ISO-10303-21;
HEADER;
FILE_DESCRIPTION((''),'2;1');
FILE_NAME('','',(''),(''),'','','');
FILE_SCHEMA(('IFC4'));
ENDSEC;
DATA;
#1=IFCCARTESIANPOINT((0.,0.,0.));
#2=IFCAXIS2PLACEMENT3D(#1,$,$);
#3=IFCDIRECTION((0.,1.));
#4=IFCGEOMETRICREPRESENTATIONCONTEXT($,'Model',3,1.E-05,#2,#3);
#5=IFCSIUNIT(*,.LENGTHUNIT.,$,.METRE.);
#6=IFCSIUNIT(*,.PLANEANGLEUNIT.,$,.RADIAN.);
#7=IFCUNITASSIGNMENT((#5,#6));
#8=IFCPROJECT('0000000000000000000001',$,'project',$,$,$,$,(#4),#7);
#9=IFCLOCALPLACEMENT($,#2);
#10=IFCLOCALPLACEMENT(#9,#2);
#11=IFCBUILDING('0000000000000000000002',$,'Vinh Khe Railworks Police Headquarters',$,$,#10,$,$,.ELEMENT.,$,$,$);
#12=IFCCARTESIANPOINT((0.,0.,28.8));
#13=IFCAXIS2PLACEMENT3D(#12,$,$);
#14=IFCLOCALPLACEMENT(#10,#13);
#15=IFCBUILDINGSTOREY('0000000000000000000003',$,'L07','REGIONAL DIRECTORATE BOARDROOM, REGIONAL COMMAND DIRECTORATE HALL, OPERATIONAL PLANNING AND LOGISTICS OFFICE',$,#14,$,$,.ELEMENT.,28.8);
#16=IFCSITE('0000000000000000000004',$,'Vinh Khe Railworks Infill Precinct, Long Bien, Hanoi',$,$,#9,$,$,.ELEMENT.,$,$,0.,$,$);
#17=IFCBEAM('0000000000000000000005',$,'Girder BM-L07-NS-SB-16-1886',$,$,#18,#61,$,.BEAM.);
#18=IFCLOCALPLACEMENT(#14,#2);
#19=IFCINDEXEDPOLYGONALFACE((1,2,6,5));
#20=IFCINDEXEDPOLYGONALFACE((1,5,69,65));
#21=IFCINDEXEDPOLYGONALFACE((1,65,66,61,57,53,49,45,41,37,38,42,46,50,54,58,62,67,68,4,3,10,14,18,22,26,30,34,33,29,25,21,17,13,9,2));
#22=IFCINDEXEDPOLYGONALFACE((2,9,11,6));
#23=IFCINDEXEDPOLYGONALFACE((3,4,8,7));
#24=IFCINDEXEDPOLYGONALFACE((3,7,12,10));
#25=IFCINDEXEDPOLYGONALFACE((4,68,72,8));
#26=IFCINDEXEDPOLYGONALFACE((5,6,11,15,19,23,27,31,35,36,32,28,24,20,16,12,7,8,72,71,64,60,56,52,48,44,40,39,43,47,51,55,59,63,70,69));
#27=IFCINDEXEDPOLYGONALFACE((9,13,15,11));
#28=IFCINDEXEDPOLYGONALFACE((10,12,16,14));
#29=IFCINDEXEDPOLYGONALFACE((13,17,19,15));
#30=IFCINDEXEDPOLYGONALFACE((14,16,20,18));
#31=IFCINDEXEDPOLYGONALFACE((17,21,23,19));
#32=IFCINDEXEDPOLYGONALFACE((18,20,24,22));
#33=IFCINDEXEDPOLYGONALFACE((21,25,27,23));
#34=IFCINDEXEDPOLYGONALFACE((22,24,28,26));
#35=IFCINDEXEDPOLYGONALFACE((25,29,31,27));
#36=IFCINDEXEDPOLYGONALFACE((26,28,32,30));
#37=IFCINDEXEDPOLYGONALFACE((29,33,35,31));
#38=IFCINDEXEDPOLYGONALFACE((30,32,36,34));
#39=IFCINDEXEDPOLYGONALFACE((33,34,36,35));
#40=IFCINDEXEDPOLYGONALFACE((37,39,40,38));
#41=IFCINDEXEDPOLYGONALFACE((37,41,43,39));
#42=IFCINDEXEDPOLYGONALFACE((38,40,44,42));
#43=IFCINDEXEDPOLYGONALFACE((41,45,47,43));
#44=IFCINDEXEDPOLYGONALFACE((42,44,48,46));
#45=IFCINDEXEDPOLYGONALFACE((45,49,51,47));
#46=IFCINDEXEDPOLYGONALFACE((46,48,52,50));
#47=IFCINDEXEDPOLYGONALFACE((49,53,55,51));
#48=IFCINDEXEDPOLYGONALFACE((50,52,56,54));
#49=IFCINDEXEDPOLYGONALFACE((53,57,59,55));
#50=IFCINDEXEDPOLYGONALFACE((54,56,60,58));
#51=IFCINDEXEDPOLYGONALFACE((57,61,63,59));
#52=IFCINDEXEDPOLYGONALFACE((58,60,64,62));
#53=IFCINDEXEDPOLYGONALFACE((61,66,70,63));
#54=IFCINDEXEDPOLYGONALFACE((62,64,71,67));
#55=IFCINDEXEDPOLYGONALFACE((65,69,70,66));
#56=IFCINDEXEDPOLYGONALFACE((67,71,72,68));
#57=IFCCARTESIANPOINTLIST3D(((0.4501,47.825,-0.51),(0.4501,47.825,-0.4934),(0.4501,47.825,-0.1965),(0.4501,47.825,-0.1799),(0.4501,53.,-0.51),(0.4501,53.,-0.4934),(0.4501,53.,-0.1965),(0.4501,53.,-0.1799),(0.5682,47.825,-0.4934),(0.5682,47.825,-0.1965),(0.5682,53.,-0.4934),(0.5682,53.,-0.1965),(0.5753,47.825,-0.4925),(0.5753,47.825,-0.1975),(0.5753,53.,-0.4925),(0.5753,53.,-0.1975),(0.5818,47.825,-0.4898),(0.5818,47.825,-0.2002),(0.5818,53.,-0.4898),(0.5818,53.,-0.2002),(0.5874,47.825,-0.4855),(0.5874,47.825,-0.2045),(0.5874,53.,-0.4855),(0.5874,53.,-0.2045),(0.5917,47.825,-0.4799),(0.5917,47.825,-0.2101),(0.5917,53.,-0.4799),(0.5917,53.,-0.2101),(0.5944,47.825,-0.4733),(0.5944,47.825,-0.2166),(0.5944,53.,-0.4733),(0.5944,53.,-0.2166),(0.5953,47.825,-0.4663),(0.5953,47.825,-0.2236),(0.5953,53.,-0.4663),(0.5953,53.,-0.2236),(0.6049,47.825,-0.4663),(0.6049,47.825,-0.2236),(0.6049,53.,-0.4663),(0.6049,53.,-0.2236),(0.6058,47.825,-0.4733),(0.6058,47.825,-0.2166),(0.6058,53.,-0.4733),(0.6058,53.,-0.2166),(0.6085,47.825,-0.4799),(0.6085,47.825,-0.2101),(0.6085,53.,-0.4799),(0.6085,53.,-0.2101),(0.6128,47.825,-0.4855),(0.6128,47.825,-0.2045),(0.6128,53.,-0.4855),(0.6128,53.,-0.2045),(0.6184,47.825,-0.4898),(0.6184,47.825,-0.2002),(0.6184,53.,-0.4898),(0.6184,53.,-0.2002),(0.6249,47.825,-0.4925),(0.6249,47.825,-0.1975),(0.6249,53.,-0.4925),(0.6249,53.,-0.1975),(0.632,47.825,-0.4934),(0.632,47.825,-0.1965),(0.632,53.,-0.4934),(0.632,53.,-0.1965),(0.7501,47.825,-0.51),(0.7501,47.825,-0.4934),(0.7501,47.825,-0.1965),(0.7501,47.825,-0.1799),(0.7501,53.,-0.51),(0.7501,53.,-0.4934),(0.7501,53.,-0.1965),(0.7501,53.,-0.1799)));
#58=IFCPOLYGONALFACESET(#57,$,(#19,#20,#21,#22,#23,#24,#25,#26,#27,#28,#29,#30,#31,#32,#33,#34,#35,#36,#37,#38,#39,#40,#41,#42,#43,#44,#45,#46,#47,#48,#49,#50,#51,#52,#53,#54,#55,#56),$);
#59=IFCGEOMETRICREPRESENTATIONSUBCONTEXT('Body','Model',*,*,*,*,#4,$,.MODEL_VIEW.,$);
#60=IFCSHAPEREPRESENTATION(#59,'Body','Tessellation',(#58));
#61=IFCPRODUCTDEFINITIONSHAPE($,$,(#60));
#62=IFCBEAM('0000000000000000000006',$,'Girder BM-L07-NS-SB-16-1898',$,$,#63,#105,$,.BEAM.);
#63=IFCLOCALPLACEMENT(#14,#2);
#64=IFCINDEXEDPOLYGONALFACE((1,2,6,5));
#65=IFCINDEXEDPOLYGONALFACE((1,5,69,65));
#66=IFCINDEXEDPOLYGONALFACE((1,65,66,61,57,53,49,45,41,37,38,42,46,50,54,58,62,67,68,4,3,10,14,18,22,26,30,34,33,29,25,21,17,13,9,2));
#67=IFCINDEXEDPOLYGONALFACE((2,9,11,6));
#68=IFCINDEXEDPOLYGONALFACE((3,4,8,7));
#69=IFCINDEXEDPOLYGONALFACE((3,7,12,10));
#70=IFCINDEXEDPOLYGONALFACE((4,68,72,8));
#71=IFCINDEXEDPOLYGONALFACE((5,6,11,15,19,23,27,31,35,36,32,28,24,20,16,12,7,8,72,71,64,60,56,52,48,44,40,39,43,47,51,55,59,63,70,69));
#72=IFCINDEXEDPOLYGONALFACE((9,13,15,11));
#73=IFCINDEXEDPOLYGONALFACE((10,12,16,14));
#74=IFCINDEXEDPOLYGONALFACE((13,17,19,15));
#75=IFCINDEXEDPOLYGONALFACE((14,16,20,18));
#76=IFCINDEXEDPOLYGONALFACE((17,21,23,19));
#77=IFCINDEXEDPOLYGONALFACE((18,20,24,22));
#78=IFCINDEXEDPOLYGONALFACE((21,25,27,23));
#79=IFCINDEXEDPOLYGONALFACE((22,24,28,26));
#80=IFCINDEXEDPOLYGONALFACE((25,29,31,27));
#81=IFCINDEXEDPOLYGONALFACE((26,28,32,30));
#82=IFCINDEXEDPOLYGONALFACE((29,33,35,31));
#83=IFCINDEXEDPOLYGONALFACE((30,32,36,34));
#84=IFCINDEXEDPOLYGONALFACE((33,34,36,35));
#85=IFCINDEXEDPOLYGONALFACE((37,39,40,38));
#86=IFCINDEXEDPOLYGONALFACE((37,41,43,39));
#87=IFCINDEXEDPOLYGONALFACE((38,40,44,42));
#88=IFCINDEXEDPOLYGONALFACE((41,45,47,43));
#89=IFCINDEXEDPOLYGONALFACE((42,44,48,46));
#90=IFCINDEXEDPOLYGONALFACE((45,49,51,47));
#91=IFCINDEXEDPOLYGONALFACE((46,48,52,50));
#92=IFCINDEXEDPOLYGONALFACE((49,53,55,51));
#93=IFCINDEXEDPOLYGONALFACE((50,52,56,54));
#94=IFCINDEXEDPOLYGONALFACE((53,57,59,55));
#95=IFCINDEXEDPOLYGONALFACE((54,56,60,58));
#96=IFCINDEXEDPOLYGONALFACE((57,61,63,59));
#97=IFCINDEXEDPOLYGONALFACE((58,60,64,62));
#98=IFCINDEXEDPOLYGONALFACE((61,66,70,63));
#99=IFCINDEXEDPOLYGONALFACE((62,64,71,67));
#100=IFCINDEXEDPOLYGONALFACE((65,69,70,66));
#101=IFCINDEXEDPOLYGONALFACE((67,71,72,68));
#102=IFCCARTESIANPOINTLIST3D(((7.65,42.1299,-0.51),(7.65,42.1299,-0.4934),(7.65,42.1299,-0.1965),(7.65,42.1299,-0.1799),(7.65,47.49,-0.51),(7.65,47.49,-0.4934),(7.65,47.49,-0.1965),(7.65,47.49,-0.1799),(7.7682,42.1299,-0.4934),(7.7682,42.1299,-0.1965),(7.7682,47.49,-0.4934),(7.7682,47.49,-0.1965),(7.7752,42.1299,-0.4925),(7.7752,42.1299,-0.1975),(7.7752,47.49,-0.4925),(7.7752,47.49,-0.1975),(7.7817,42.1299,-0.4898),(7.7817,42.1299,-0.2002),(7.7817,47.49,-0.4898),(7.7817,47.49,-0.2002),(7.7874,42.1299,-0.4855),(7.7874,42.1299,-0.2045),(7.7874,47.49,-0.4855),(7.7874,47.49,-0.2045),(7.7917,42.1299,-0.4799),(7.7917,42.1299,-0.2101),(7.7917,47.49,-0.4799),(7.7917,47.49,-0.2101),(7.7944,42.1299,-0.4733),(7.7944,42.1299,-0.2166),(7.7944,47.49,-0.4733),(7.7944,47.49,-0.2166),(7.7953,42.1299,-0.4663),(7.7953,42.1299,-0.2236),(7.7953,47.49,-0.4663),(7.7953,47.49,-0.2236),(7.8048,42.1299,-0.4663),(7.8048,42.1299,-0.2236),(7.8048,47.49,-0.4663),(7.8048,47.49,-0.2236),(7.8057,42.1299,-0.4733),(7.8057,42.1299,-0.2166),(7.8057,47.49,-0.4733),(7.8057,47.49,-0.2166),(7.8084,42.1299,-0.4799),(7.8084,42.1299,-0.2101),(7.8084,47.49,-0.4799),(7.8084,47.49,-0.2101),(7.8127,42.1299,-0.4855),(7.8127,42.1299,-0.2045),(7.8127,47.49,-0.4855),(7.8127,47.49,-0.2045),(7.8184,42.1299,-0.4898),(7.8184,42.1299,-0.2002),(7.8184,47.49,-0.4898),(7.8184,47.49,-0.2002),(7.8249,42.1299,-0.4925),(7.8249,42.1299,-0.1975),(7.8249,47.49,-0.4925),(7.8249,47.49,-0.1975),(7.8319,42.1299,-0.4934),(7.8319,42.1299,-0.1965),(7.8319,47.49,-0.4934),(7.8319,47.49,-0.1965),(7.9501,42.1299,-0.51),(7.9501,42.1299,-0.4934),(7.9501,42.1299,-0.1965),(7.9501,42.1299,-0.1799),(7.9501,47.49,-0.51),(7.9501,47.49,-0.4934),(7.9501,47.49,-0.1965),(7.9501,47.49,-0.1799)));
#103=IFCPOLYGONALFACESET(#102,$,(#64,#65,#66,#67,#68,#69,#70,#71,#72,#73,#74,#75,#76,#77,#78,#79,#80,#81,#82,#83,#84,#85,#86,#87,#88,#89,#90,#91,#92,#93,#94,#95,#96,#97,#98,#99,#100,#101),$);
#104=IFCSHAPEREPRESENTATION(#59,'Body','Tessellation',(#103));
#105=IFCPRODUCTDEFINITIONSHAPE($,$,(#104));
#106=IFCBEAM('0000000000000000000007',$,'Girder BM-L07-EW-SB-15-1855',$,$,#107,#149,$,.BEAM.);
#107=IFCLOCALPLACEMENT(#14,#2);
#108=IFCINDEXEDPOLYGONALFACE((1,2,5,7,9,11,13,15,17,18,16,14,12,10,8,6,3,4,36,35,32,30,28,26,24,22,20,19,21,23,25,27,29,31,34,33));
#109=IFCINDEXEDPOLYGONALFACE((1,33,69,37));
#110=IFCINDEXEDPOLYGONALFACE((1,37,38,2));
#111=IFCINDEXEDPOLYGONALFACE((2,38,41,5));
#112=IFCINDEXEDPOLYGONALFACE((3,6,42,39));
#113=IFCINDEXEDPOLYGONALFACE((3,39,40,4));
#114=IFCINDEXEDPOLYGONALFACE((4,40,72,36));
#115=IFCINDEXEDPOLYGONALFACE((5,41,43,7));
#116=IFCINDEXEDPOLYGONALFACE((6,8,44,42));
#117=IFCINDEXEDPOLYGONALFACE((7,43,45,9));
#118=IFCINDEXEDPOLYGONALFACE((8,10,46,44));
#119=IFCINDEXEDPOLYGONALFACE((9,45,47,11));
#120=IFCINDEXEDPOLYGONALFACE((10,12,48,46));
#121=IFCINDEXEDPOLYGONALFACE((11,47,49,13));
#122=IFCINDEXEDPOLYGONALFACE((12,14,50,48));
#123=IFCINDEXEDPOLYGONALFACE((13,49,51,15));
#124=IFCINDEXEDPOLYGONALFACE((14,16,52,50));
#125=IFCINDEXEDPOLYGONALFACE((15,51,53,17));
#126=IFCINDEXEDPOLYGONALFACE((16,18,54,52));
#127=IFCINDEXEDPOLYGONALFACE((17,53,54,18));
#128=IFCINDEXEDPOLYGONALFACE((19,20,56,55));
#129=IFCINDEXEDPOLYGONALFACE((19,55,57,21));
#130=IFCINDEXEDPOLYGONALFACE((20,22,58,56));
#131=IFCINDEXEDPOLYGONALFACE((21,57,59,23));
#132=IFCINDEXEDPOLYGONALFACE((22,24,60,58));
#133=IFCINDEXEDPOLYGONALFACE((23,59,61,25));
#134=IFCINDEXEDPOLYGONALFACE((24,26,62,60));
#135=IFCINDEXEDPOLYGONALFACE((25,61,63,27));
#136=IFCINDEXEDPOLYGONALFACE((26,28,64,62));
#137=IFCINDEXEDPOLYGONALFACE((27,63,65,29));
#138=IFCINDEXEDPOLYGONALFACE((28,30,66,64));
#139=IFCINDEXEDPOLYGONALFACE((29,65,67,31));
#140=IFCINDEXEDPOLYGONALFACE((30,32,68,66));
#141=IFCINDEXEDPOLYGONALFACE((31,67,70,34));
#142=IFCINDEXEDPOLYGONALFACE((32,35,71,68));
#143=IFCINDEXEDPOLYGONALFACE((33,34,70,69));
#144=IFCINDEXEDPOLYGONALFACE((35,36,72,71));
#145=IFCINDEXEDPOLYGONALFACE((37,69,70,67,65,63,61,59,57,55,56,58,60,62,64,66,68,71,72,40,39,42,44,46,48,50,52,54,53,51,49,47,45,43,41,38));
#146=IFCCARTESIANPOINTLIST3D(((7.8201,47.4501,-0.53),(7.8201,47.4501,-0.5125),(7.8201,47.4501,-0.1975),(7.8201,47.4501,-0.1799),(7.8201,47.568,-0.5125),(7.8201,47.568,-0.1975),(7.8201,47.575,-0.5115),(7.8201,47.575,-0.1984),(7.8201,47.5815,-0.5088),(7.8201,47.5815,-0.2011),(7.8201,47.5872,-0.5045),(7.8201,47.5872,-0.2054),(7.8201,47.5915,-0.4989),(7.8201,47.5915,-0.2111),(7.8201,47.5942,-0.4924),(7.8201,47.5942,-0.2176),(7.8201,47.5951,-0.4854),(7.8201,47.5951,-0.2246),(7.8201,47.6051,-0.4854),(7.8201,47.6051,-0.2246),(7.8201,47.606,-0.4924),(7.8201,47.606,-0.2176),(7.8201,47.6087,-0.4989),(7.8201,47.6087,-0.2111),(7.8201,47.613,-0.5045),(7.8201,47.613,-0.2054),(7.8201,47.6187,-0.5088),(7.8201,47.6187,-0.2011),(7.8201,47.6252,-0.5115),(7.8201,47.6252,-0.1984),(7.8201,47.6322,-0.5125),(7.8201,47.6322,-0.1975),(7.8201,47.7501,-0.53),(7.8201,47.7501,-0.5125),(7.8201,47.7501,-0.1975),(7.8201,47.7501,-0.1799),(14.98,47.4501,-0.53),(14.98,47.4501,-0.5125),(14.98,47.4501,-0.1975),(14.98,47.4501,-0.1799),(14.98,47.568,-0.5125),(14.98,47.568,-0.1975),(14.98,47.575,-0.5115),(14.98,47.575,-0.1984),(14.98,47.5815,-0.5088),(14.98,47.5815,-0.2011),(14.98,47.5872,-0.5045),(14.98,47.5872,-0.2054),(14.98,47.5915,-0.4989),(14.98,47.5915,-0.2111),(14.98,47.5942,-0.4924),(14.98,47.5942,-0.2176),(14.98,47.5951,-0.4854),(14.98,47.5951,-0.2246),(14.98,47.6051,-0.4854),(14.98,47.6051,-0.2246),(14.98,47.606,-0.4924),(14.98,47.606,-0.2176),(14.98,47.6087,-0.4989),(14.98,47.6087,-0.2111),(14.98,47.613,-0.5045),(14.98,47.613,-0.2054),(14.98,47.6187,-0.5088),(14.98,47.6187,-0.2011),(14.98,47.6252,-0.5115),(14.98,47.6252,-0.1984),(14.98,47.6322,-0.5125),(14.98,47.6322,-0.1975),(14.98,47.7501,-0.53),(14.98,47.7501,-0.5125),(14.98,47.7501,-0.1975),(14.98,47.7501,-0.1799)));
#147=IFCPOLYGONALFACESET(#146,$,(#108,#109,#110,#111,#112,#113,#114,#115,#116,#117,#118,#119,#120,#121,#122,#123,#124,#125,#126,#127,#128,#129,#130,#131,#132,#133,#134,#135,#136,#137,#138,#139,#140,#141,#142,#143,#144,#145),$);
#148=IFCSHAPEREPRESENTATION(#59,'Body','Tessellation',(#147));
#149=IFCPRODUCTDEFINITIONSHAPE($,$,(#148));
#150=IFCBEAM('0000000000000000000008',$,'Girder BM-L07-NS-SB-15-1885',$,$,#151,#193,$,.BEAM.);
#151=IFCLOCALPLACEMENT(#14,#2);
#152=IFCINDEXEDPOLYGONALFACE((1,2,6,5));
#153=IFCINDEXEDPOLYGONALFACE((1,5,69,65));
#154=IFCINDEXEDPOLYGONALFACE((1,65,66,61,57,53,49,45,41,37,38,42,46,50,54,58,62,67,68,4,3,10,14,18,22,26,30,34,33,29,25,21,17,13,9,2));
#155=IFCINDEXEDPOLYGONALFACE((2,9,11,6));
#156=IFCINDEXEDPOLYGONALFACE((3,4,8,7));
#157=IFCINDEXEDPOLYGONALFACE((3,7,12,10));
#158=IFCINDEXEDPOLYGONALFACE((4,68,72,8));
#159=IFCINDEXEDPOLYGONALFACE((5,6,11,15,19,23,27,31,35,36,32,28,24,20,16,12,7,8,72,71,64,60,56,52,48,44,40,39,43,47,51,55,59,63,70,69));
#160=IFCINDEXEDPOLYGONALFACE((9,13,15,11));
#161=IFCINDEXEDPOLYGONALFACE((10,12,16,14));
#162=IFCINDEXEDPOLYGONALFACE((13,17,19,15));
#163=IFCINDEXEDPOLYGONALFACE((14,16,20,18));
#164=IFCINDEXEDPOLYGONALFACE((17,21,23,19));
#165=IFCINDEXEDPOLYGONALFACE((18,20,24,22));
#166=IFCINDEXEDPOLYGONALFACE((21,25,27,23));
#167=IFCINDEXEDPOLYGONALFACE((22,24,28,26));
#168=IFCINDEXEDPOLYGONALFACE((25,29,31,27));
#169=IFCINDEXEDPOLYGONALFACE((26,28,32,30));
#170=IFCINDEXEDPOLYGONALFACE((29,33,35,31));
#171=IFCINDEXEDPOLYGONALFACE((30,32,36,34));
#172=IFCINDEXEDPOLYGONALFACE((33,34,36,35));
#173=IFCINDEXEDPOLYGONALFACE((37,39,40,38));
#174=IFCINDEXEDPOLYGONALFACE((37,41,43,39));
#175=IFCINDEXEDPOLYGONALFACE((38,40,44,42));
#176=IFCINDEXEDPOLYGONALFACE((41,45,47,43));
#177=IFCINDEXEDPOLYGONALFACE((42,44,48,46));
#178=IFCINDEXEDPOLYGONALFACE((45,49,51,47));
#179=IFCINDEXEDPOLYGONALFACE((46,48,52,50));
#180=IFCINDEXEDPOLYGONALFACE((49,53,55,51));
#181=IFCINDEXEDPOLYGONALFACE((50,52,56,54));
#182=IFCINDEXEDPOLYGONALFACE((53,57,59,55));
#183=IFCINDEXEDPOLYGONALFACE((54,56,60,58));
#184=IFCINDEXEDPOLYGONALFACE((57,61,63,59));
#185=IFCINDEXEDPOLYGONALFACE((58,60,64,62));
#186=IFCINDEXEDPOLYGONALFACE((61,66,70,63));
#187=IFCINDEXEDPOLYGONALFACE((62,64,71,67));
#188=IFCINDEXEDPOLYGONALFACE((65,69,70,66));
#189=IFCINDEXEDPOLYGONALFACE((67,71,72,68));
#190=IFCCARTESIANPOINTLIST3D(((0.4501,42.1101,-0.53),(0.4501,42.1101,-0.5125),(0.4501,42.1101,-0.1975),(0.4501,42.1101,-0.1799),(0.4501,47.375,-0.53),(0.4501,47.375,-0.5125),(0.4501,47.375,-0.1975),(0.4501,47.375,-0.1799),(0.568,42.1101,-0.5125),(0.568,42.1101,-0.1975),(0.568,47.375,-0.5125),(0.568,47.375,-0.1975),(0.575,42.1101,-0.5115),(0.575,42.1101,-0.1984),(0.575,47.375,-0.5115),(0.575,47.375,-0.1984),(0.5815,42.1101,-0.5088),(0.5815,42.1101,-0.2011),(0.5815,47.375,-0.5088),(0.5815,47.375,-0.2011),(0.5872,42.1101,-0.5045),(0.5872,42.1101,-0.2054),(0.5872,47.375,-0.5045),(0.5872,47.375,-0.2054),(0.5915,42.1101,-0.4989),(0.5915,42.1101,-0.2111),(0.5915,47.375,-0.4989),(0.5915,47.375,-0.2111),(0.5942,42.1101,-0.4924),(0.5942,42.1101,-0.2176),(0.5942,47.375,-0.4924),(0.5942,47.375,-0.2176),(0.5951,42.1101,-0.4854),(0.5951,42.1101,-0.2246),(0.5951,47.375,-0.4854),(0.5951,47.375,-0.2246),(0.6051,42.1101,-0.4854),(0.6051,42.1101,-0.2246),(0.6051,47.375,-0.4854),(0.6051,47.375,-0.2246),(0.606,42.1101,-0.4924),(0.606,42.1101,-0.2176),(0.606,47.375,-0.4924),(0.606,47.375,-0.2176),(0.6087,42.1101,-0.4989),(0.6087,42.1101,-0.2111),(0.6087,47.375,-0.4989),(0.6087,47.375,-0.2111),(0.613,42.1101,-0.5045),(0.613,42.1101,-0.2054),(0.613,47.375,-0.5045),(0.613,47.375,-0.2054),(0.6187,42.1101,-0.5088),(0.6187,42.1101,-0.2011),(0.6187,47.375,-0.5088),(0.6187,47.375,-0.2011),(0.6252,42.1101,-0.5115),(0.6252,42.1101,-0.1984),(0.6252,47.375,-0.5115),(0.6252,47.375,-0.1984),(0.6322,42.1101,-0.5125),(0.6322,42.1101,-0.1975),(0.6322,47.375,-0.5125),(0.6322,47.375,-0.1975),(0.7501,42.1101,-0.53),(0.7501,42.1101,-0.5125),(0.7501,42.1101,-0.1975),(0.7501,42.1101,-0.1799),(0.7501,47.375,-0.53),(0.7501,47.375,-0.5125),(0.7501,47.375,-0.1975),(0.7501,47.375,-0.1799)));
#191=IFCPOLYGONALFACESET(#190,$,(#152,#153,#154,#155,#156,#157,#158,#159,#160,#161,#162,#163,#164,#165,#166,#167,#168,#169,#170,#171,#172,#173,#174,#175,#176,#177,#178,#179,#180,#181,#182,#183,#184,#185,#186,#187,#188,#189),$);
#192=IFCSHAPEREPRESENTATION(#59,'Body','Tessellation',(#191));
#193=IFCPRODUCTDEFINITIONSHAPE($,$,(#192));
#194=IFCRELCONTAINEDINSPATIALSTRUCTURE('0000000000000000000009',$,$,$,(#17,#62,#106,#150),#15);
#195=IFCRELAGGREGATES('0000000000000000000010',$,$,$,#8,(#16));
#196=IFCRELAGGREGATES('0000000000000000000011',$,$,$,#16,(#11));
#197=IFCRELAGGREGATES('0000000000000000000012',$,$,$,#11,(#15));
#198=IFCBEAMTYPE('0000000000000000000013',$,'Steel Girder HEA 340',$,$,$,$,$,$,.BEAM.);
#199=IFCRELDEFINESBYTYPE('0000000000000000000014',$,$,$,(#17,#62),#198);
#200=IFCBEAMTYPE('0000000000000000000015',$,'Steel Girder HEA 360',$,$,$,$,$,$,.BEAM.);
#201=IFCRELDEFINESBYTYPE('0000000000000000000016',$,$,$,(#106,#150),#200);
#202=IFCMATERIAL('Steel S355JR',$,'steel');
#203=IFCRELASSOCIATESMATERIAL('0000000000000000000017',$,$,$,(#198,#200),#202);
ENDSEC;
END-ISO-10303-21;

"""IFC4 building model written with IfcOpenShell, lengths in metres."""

from ifc_helpers import new_model, si_unit, direction, frame, origin, origin_2d, place, context, subcontext, project, spatial, i_section, extrude, material, material_profile, profile_set, type_object, element, save


model = new_model("IFC4")

# Units and contexts
model_context = context("Model", 3, precision=1e-05, world=origin(), true_north=direction((0.0, 1.0)))
body_context = subcontext(model_context, "Body", "Model", "MODEL_VIEW")
ifc_project = project(units=[si_unit("LENGTHUNIT", "METRE"), si_unit("PLANEANGLEUNIT", "RADIAN")], contexts=[model_context])

# Site, building, storey
site_placement = place(None, origin())
site = spatial("IfcSite", under=ifc_project, at=site_placement, Name="Vinh Khe Railworks Infill Precinct, Long Bien, Hanoi", CompositionType="ELEMENT", RefElevation=0.0)
building_placement = place(site_placement, origin())
building = spatial("IfcBuilding", under=site, at=building_placement, Name="Vinh Khe Railworks Police Headquarters", CompositionType="ELEMENT")
storey_placement = place(building_placement, frame((0.0, 0.0, 28.8)))
storey = spatial("IfcBuildingStorey", under=building, at=storey_placement, Name="L07", Description="REGIONAL DIRECTORATE BOARDROOM, REGIONAL COMMAND DIRECTORATE HALL, OPERATIONAL PLANNING AND LOGISTICS OFFICE", CompositionType="ELEMENT", Elevation=28.8)

# Shared definitions
ifc_material_1 = material(Name="Steel S355JR", Category="steel")

# Beams
ifc_material_profile_1 = material_profile(ifc_material_1, i_section(OverallWidth=0.3, OverallDepth=0.3301, WebThickness=0.0095, FlangeThickness=0.0166, FilletRadius=0.0271, at=origin_2d()), Name="HEA 340")
ifc_profile_set_1 = profile_set([ifc_material_profile_1], Name="Steel S355JR")
beam_type_1 = type_object("IfcBeamType", Name="Steel Girder HEA 340", PredefinedType="BEAM", material=ifc_profile_set_1)
beam_1_placement = place(storey_placement, frame((0.6001, 47.825, -0.345), z_axis=(0.0, 1.0, 0.0), x_axis=(-1.0, 0.0, 0.0)))
element("IfcBeam", 1, at=beam_1_placement, inside=storey, type_object=beam_type_1, Name="Girder BM-L07-NS-SB-16-1886", PredefinedType="BEAM", context=body_context, shape_type="SweptSolid", body=[
    extrude(i_section(OverallWidth=0.3, OverallDepth=0.3301, WebThickness=0.0095, FlangeThickness=0.0166, FilletRadius=0.0271, at=origin_2d()), origin(), (0.0, 0.0, 1.0), 5.175),
])
beam_2_placement = place(storey_placement, frame((7.8, 42.1299, -0.345), z_axis=(0.0, 1.0, 0.0), x_axis=(-1.0, 0.0, 0.0)))
element("IfcBeam", 2, at=beam_2_placement, inside=storey, type_object=beam_type_1, Name="Girder BM-L07-NS-SB-16-1898", PredefinedType="BEAM", context=body_context, shape_type="SweptSolid", body=[
    extrude(i_section(OverallWidth=0.3, OverallDepth=0.3301, WebThickness=0.0095, FlangeThickness=0.0166, FilletRadius=0.0271, at=origin_2d()), origin(), (0.0, 0.0, 1.0), 5.3601),
])
ifc_material_profile_2 = material_profile(ifc_material_1, i_section(OverallWidth=0.3, OverallDepth=0.3501, WebThickness=0.01, FlangeThickness=0.0176, FilletRadius=0.0271, at=origin_2d()), Name="HEA 360")
ifc_profile_set_2 = profile_set([ifc_material_profile_2], Name="Steel S355JR")
beam_type_2 = type_object("IfcBeamType", Name="Steel Girder HEA 360", PredefinedType="BEAM", material=ifc_profile_set_2)
beam_3_placement = place(storey_placement, frame((7.8201, 47.6001, -0.355), z_axis=(1.0, 0.0, 0.0), x_axis=(0.0, 1.0, 0.0)))
element("IfcBeam", 3, at=beam_3_placement, inside=storey, type_object=beam_type_2, Name="Girder BM-L07-EW-SB-15-1855", PredefinedType="BEAM", context=body_context, shape_type="SweptSolid", body=[
    extrude(i_section(OverallWidth=0.3, OverallDepth=0.3501, WebThickness=0.01, FlangeThickness=0.0176, FilletRadius=0.0271, at=origin_2d()), origin(), (0.0, 0.0, 1.0), 7.1599),
])
beam_4_placement = place(storey_placement, frame((0.6001, 42.1101, -0.355), z_axis=(0.0, 1.0, 0.0), x_axis=(-1.0, 0.0, 0.0)))
element("IfcBeam", 4, at=beam_4_placement, inside=storey, type_object=beam_type_2, Name="Girder BM-L07-NS-SB-15-1885", PredefinedType="BEAM", context=body_context, shape_type="SweptSolid", body=[
    extrude(i_section(OverallWidth=0.3, OverallDepth=0.3501, WebThickness=0.01, FlangeThickness=0.0176, FilletRadius=0.0271, at=origin_2d()), origin(), (0.0, 0.0, 1.0), 5.2649),
])

save(model, "model.ifc")
